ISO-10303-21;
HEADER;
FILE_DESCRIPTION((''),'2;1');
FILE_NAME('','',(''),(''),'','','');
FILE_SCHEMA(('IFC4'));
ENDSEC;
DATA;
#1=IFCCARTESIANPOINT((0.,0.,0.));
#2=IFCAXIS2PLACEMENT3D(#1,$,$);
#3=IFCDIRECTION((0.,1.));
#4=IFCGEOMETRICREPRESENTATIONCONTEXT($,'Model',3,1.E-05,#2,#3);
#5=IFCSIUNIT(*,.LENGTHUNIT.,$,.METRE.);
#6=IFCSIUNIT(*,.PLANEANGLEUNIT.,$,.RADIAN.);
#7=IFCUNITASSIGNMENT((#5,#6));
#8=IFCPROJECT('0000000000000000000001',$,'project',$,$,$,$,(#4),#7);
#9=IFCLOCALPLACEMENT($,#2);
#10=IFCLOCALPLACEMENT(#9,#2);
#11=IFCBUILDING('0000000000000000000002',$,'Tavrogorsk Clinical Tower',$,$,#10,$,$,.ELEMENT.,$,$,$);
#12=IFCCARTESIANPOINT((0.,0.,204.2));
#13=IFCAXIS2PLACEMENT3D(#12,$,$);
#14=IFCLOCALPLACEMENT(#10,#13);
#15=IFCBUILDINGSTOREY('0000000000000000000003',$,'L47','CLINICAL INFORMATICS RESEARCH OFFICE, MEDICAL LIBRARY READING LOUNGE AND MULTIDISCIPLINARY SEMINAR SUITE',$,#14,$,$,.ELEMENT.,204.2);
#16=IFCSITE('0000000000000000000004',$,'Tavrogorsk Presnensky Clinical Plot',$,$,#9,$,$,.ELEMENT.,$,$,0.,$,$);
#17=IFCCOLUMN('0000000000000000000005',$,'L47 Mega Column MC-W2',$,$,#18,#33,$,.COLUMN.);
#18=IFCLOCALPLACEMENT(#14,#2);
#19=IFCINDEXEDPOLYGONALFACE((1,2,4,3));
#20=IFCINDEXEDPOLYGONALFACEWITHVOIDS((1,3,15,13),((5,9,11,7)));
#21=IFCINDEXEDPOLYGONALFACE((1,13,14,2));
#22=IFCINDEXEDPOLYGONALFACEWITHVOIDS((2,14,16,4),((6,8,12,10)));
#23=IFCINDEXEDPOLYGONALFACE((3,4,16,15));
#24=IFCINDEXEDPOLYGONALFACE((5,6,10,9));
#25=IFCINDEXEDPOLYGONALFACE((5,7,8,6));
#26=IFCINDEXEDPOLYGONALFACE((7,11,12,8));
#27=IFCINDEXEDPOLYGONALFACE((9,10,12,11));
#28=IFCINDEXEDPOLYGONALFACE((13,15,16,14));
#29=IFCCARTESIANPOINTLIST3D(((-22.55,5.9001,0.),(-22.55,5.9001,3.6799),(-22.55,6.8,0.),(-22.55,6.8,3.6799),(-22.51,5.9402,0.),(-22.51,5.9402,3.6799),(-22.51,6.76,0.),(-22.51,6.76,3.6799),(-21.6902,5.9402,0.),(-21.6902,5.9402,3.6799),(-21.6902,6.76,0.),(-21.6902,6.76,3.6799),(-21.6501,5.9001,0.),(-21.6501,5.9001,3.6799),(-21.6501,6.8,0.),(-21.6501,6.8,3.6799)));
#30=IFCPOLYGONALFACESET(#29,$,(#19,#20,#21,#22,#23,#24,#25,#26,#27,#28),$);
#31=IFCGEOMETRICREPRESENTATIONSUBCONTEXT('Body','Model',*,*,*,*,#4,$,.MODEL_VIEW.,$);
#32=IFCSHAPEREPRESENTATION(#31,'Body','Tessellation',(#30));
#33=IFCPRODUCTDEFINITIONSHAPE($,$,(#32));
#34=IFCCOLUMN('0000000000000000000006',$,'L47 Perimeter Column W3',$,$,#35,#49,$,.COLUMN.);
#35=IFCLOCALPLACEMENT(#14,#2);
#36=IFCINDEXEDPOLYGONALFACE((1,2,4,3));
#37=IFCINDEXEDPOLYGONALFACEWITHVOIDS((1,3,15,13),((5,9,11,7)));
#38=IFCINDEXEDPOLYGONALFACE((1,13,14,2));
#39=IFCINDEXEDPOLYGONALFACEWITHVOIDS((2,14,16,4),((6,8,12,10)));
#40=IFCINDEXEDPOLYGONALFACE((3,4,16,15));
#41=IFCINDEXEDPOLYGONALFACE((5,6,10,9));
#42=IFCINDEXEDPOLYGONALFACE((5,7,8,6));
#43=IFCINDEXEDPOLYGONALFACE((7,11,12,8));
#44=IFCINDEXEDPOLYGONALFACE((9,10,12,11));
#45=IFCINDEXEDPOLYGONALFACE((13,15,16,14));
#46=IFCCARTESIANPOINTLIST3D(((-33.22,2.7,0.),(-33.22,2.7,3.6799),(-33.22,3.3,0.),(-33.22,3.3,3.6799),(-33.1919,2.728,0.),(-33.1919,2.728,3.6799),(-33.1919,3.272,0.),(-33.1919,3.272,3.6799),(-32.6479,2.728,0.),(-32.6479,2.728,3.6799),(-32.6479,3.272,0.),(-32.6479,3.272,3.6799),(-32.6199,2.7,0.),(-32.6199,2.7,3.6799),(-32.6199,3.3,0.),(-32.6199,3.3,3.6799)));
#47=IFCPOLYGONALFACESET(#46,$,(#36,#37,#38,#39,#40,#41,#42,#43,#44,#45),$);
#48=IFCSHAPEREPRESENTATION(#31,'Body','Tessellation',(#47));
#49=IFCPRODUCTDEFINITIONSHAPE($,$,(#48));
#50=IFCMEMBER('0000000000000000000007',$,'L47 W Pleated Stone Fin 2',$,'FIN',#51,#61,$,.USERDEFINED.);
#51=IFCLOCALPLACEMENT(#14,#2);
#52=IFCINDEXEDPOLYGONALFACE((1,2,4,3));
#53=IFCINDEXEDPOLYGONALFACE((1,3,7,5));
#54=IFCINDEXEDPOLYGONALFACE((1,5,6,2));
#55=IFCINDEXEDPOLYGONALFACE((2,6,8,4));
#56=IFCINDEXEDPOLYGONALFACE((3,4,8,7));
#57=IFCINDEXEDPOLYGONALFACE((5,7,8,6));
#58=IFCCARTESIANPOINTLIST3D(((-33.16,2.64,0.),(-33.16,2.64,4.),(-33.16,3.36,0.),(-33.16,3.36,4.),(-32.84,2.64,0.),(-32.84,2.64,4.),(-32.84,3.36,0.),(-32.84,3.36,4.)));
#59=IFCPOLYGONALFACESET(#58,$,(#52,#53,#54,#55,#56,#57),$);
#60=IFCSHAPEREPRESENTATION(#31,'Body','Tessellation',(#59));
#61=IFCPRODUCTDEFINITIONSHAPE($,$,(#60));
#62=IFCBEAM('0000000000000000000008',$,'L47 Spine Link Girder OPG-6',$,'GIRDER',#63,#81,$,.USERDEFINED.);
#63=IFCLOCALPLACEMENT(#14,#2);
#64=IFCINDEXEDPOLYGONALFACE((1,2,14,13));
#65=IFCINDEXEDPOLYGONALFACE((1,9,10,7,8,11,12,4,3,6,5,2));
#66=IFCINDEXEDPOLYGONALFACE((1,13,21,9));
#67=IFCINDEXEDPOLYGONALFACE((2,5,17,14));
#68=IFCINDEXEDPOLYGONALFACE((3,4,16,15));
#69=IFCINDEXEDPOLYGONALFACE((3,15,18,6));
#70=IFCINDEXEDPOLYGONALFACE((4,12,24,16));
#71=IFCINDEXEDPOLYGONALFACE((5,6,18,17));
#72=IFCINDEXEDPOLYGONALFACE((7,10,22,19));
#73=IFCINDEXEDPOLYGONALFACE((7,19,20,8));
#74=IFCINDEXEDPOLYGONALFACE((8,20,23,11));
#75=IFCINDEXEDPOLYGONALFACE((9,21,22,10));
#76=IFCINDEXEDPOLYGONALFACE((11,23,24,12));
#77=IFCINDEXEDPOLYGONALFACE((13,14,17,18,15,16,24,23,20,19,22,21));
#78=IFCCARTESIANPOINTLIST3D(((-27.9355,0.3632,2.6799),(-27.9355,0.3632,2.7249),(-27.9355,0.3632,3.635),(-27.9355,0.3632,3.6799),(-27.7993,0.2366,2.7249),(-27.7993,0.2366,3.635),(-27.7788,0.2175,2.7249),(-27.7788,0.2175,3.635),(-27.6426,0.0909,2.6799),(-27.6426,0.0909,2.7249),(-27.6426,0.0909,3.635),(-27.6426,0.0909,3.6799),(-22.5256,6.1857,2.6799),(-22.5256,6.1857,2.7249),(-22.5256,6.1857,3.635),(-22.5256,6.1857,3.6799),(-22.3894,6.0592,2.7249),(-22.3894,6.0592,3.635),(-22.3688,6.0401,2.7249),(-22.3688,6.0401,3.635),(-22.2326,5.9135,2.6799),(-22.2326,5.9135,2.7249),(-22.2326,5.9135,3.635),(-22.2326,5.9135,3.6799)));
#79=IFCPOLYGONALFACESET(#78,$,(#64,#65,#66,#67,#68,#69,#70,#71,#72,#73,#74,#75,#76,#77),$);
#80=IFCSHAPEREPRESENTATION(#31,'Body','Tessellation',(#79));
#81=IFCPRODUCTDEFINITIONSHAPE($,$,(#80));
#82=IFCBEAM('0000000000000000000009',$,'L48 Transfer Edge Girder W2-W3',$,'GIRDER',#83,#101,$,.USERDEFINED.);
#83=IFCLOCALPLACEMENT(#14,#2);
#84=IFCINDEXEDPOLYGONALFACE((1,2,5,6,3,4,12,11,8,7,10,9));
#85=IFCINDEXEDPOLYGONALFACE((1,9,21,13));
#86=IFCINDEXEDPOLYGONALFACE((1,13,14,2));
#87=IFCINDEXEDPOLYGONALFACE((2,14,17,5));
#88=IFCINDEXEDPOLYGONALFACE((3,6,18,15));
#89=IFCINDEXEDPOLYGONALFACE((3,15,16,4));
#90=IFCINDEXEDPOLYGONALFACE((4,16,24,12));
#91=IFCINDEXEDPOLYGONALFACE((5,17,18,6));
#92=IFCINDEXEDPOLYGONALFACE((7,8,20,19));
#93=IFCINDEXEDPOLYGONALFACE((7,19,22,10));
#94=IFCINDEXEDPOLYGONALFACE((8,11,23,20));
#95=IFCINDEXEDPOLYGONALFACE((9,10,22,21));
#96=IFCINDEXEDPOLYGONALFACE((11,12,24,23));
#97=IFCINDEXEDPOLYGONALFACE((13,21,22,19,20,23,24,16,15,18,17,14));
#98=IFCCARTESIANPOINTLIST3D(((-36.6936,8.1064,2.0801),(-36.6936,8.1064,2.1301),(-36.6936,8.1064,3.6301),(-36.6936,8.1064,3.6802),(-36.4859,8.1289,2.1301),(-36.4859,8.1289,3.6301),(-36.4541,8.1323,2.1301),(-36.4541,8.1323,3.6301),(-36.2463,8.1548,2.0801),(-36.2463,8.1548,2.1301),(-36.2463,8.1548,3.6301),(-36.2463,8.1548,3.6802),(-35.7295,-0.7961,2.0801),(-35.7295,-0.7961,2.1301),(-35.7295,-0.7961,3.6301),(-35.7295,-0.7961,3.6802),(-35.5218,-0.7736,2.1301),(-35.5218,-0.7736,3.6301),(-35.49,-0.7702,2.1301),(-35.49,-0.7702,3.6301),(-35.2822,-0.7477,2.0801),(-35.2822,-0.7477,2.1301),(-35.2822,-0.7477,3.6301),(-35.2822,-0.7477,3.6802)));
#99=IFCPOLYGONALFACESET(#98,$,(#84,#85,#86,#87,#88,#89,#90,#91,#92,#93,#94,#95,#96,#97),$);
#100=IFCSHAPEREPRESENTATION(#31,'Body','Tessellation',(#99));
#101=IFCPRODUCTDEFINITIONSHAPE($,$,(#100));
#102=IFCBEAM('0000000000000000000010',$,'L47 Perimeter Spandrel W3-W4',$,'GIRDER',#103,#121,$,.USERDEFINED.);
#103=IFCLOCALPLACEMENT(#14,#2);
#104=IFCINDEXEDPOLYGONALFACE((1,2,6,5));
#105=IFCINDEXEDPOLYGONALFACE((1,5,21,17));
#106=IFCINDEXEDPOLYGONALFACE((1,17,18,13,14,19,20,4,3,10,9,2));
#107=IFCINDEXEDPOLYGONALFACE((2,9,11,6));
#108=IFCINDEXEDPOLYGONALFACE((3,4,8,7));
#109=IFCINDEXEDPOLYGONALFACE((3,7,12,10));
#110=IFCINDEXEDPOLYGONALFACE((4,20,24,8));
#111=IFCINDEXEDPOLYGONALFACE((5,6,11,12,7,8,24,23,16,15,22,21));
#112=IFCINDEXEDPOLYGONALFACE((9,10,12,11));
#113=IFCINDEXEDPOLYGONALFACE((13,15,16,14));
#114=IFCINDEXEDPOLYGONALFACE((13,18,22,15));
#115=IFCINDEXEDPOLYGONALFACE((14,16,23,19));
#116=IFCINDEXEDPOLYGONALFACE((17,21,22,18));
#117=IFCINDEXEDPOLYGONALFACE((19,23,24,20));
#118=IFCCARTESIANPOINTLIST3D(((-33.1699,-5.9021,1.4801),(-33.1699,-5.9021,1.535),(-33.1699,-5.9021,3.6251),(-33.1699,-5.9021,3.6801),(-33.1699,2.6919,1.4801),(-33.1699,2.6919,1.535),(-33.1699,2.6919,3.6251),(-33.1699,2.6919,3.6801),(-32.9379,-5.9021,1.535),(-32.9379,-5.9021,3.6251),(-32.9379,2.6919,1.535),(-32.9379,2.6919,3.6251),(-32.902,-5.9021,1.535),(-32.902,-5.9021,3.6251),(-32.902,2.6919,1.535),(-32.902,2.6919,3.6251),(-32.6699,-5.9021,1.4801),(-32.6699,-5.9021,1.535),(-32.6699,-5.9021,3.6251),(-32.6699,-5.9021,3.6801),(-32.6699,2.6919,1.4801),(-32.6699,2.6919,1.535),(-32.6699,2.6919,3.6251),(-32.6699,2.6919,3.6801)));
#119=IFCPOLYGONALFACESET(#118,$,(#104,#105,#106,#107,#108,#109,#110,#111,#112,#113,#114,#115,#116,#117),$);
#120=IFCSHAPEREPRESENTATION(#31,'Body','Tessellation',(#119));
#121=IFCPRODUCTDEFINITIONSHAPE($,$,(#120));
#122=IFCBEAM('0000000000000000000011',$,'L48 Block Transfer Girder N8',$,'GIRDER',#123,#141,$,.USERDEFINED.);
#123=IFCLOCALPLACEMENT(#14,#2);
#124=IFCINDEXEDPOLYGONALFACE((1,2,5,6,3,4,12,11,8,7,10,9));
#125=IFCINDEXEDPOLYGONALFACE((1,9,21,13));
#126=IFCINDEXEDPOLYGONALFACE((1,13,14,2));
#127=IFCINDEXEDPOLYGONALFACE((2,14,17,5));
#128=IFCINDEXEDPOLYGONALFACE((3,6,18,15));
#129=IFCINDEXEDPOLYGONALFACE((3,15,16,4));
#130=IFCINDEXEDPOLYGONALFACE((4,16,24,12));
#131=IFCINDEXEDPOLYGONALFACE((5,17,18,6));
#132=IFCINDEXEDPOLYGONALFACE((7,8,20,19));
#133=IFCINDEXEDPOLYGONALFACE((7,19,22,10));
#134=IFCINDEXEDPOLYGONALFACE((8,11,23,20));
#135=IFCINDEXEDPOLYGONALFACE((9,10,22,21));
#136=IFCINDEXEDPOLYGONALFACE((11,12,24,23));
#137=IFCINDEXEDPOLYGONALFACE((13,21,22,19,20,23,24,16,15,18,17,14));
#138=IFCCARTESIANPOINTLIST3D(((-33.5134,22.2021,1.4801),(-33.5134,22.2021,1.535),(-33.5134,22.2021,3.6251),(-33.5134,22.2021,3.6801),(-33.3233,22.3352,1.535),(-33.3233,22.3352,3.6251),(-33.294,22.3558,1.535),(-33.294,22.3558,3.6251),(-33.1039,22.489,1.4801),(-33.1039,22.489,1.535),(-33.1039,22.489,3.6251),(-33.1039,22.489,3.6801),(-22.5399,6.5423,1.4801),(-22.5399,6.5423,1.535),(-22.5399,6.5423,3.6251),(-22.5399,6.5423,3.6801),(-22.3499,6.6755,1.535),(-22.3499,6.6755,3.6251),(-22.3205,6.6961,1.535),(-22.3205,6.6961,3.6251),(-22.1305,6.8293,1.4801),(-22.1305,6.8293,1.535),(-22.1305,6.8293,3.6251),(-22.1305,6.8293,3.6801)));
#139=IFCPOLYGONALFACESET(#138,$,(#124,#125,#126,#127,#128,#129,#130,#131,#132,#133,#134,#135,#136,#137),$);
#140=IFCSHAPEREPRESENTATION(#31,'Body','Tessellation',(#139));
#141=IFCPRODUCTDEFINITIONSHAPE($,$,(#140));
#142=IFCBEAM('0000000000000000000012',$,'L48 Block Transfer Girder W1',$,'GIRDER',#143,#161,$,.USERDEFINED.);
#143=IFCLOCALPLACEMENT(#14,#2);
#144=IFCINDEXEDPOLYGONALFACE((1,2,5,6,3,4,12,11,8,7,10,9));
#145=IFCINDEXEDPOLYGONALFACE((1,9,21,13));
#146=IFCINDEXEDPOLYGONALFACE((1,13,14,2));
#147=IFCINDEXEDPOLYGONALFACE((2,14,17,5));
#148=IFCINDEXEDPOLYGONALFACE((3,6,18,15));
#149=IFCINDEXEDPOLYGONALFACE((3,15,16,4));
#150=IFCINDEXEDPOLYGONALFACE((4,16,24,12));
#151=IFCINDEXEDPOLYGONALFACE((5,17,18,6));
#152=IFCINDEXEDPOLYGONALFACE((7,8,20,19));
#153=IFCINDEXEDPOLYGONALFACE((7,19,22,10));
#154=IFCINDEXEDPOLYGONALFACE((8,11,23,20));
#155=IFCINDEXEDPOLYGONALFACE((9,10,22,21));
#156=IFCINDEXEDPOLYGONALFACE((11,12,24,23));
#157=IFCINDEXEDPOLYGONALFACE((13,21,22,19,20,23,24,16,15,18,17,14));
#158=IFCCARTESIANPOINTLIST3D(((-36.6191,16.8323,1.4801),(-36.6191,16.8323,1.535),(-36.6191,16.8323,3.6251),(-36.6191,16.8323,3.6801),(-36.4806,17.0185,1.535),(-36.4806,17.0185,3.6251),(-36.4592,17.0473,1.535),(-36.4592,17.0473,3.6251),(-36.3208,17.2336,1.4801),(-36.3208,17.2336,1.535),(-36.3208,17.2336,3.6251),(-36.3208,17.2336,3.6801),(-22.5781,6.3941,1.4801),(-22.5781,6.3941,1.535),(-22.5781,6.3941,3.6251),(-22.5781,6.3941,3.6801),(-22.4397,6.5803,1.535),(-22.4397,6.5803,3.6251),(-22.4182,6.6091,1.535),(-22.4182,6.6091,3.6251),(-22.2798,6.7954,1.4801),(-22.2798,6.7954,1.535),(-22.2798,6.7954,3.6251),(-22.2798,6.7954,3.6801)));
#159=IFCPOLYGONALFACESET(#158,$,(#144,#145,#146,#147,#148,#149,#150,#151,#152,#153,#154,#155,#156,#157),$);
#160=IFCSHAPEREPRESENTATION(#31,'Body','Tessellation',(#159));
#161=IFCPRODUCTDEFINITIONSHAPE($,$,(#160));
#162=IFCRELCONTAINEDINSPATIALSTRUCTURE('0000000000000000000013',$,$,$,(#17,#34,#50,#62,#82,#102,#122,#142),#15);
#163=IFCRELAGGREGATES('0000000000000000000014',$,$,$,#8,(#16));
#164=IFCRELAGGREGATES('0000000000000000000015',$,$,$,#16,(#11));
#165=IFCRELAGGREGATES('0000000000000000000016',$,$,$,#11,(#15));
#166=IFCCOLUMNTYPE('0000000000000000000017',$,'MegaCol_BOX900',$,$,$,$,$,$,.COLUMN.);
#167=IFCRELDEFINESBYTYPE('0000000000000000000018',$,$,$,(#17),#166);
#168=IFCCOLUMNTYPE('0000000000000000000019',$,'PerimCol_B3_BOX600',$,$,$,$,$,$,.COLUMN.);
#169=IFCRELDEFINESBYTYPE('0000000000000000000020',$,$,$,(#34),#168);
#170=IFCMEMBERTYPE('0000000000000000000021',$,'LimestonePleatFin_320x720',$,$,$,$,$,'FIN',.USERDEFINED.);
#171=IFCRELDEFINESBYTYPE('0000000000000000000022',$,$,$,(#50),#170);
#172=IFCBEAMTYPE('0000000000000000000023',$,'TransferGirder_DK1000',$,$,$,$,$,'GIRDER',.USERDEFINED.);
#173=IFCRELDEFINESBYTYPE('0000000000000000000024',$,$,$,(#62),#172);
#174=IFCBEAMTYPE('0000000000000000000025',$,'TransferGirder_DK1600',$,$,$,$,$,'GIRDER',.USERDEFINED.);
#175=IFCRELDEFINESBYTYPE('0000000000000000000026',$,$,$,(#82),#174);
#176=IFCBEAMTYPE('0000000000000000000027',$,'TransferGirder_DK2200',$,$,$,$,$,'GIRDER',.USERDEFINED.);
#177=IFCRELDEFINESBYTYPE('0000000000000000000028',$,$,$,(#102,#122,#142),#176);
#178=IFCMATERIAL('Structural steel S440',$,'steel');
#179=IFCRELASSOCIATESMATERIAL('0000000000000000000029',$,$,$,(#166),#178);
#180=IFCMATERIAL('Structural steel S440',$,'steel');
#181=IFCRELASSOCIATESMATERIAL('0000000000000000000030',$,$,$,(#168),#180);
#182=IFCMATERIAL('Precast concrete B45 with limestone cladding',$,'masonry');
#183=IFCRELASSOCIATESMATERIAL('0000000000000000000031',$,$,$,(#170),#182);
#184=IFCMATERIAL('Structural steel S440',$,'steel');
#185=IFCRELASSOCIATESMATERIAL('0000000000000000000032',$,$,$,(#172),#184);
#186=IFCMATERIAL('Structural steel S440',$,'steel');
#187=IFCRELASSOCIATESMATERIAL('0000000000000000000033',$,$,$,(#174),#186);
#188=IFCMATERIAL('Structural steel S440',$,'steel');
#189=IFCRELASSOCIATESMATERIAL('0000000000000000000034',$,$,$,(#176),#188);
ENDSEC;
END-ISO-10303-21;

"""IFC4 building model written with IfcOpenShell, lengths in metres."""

from ifc_helpers import new_model, si_unit, direction, frame, origin, origin_2d, place, context, subcontext, project, spatial, rectangle, hollow_rectangle, i_section, extrude, material, material_profile, profile_set, type_object, element, save


model = new_model("IFC4")

# Units and contexts
model_context = context("Model", 3, precision=1e-05, world=origin(), true_north=direction((0.0, 1.0)))
body_context = subcontext(model_context, "Body", "Model", "MODEL_VIEW")
ifc_project = project(units=[si_unit("LENGTHUNIT", "METRE"), si_unit("PLANEANGLEUNIT", "RADIAN")], contexts=[model_context])

# Site, building, storey
site_placement = place(None, origin())
site = spatial("IfcSite", under=ifc_project, at=site_placement, Name="Tavrogorsk Presnensky Clinical Plot", CompositionType="ELEMENT", RefElevation=0.0)
building_placement = place(site_placement, origin())
building = spatial("IfcBuilding", under=site, at=building_placement, Name="Tavrogorsk Clinical Tower", CompositionType="ELEMENT")
storey_placement = place(building_placement, frame((0.0, 0.0, 204.2)))
storey = spatial("IfcBuildingStorey", under=building, at=storey_placement, Name="L47", Description="CLINICAL INFORMATICS RESEARCH OFFICE, MEDICAL LIBRARY READING LOUNGE AND MULTIDISCIPLINARY SEMINAR SUITE", CompositionType="ELEMENT", Elevation=204.2)

# Columns
ifc_material_1 = material(Name="Structural steel S440", Category="steel")
ifc_material_profile_1 = material_profile(ifc_material_1, hollow_rectangle(XDim=0.8999, YDim=0.8999, WallThickness=0.04, at=origin_2d()), Name="BOX-900x900x40")
ifc_profile_set_1 = profile_set([ifc_material_profile_1], Name="Structural steel S440")
column_type_1 = type_object("IfcColumnType", Name="MegaCol_BOX900", PredefinedType="COLUMN", material=ifc_profile_set_1)
column_1_placement = place(storey_placement, frame((-22.1001, 6.3501, 0.0), z_axis=(0.0, 0.0, 1.0), x_axis=(1.0, 0.0, 0.0)))
element("IfcColumn", 1, at=column_1_placement, inside=storey, type_object=column_type_1, Name="L47 Mega Column MC-W2", PredefinedType="COLUMN", context=body_context, shape_type="SweptSolid", body=[
    extrude(hollow_rectangle(XDim=0.8999, YDim=0.8999, WallThickness=0.04, at=origin_2d()), origin(), (0.0, 0.0, 1.0), 3.6799),
])
ifc_material_2 = material(Name="Structural steel S440", Category="steel")
ifc_material_profile_2 = material_profile(ifc_material_2, hollow_rectangle(XDim=0.6001, YDim=0.6001, WallThickness=0.0281, at=origin_2d()), Name="BOX-600x600x28")
ifc_profile_set_2 = profile_set([ifc_material_profile_2], Name="Structural steel S440")
column_type_2 = type_object("IfcColumnType", Name="PerimCol_B3_BOX600", PredefinedType="COLUMN", material=ifc_profile_set_2)
column_2_placement = place(storey_placement, frame((-32.9199, 3.0, 0.0), z_axis=(0.0, 0.0, 1.0), x_axis=(1.0, 0.0, 0.0)))
element("IfcColumn", 2, at=column_2_placement, inside=storey, type_object=column_type_2, Name="L47 Perimeter Column W3", PredefinedType="COLUMN", context=body_context, shape_type="SweptSolid", body=[
    extrude(hollow_rectangle(XDim=0.6001, YDim=0.6001, WallThickness=0.0281, at=origin_2d()), origin(), (0.0, 0.0, 1.0), 3.6799),
])

# Member
ifc_material_3 = material(Name="Precast concrete B45 with limestone cladding", Category="masonry")
ifc_material_profile_3 = material_profile(ifc_material_3, rectangle(XDim=0.3201, YDim=0.72, at=origin_2d()), Name="LIMESTONE-FIN-320x720")
ifc_profile_set_3 = profile_set([ifc_material_profile_3], Name="Precast concrete B45 with limestone cladding")
member_type = type_object("IfcMemberType", Name="LimestonePleatFin_320x720", ElementType="FIN", PredefinedType="USERDEFINED", material=ifc_profile_set_3)
member_placement = place(storey_placement, frame((-33.0, 3.0, 0.0), z_axis=(0.0, 0.0, 1.0), x_axis=(1.0, 0.0, 0.0)))
element("IfcMember", 3, at=member_placement, inside=storey, type_object=member_type, Name="L47 W Pleated Stone Fin 2", ObjectType="FIN", PredefinedType="USERDEFINED", context=body_context, shape_type="SweptSolid", body=[
    extrude(rectangle(XDim=0.3201, YDim=0.72, at=origin_2d()), origin(), (0.0, 0.0, 1.0), 4.0),
])

# Beams
ifc_material_4 = material(Name="Structural steel S440", Category="steel")
ifc_material_profile_4 = material_profile(ifc_material_4, i_section(OverallWidth=0.3999, OverallDepth=1.0, WebThickness=0.0281, FlangeThickness=0.0449, at=origin_2d()), Name="DK-1000x400x28x45")
ifc_profile_set_4 = profile_set([ifc_material_profile_4], Name="Structural steel S440")
beam_type_1 = type_object("IfcBeamType", Name="TransferGirder_DK1000", ElementType="GIRDER", PredefinedType="USERDEFINED", material=ifc_profile_set_4)
beam_1_placement = place(storey_placement, frame((-27.7891, 0.2271, 3.1799), z_axis=(0.680674, 0.732587, 0.0), x_axis=(-0.732587, 0.680674, 0.0)))
element("IfcBeam", 4, at=beam_1_placement, inside=storey, type_object=beam_type_1, Name="L47 Spine Link Girder OPG-6", ObjectType="GIRDER", PredefinedType="USERDEFINED", context=body_context, shape_type="SweptSolid", body=[
    extrude(i_section(OverallWidth=0.3999, OverallDepth=1.0, WebThickness=0.0281, FlangeThickness=0.0449, at=origin_2d()), origin(), (0.0, 0.0, 1.0), 7.948),
])
ifc_material_5 = material(Name="Structural steel S440", Category="steel")
ifc_material_profile_5 = material_profile(ifc_material_5, i_section(OverallWidth=0.45, OverallDepth=1.6001, WebThickness=0.032, FlangeThickness=0.05, at=origin_2d()), Name="DK-1600x450x32x50")
ifc_profile_set_5 = profile_set([ifc_material_profile_5], Name="Structural steel S440")
beam_type_2 = type_object("IfcBeamType", Name="TransferGirder_DK1600", ElementType="GIRDER", PredefinedType="USERDEFINED", material=ifc_profile_set_5)
beam_2_placement = place(storey_placement, frame((-36.47, 8.1306, 2.8801), z_axis=(0.107666, -0.994187, 0.0), x_axis=(0.994187, 0.107666, 0.0)))
element("IfcBeam", 5, at=beam_2_placement, inside=storey, type_object=beam_type_2, Name="L48 Transfer Edge Girder W2-W3", ObjectType="GIRDER", PredefinedType="USERDEFINED", context=body_context, shape_type="SweptSolid", body=[
    extrude(i_section(OverallWidth=0.45, OverallDepth=1.6001, WebThickness=0.032, FlangeThickness=0.05, at=origin_2d()), origin(), (0.0, 0.0, 1.0), 8.9546),
])
ifc_material_6 = material(Name="Structural steel S440", Category="steel")
ifc_material_profile_6 = material_profile(ifc_material_6, i_section(OverallWidth=0.5, OverallDepth=2.2, WebThickness=0.0359, FlangeThickness=0.0549, at=origin_2d()), Name="DK-2200x500x36x55")
ifc_profile_set_6 = profile_set([ifc_material_profile_6], Name="Structural steel S440")
beam_type_3 = type_object("IfcBeamType", Name="TransferGirder_DK2200", ElementType="GIRDER", PredefinedType="USERDEFINED", material=ifc_profile_set_6)
beam_3_placement = place(storey_placement, frame((-32.9199, 2.6919, 2.5801), z_axis=(0.0, -1.0, 0.0), x_axis=(1.0, 0.0, 0.0)))
element("IfcBeam", 6, at=beam_3_placement, inside=storey, type_object=beam_type_3, Name="L47 Perimeter Spandrel W3-W4", ObjectType="GIRDER", PredefinedType="USERDEFINED", context=body_context, shape_type="SweptSolid", body=[
    extrude(i_section(OverallWidth=0.5, OverallDepth=2.2, WebThickness=0.0359, FlangeThickness=0.0549, at=origin_2d()), origin(), (0.0, 0.0, 1.0), 8.594),
])
beam_4_placement = place(storey_placement, frame((-22.3352, 6.6858, 2.5801), z_axis=(-0.57387, 0.818946, 0.0), x_axis=(-0.818946, -0.57387, 0.0)))
element("IfcBeam", 7, at=beam_4_placement, inside=storey, type_object=beam_type_3, Name="L48 Block Transfer Girder N8", ObjectType="GIRDER", PredefinedType="USERDEFINED", context=body_context, shape_type="SweptSolid", body=[
    extrude(i_section(OverallWidth=0.5, OverallDepth=2.2, WebThickness=0.0359, FlangeThickness=0.0549, at=origin_2d()), origin(), (0.0, 0.0, 1.0), 19.1218),
])
beam_5_placement = place(storey_placement, frame((-22.429, 6.5947, 2.5801), z_axis=(-0.802531, 0.59661, 0.0), x_axis=(-0.59661, -0.802531, 0.0)))
element("IfcBeam", 8, at=beam_5_placement, inside=storey, type_object=beam_type_3, Name="L48 Block Transfer Girder W1", ObjectType="GIRDER", PredefinedType="USERDEFINED", context=body_context, shape_type="SweptSolid", body=[
    extrude(i_section(OverallWidth=0.5, OverallDepth=2.2, WebThickness=0.0359, FlangeThickness=0.0549, at=origin_2d()), origin(), (0.0, 0.0, 1.0), 17.4958),
])

save(model, "model.ifc")
